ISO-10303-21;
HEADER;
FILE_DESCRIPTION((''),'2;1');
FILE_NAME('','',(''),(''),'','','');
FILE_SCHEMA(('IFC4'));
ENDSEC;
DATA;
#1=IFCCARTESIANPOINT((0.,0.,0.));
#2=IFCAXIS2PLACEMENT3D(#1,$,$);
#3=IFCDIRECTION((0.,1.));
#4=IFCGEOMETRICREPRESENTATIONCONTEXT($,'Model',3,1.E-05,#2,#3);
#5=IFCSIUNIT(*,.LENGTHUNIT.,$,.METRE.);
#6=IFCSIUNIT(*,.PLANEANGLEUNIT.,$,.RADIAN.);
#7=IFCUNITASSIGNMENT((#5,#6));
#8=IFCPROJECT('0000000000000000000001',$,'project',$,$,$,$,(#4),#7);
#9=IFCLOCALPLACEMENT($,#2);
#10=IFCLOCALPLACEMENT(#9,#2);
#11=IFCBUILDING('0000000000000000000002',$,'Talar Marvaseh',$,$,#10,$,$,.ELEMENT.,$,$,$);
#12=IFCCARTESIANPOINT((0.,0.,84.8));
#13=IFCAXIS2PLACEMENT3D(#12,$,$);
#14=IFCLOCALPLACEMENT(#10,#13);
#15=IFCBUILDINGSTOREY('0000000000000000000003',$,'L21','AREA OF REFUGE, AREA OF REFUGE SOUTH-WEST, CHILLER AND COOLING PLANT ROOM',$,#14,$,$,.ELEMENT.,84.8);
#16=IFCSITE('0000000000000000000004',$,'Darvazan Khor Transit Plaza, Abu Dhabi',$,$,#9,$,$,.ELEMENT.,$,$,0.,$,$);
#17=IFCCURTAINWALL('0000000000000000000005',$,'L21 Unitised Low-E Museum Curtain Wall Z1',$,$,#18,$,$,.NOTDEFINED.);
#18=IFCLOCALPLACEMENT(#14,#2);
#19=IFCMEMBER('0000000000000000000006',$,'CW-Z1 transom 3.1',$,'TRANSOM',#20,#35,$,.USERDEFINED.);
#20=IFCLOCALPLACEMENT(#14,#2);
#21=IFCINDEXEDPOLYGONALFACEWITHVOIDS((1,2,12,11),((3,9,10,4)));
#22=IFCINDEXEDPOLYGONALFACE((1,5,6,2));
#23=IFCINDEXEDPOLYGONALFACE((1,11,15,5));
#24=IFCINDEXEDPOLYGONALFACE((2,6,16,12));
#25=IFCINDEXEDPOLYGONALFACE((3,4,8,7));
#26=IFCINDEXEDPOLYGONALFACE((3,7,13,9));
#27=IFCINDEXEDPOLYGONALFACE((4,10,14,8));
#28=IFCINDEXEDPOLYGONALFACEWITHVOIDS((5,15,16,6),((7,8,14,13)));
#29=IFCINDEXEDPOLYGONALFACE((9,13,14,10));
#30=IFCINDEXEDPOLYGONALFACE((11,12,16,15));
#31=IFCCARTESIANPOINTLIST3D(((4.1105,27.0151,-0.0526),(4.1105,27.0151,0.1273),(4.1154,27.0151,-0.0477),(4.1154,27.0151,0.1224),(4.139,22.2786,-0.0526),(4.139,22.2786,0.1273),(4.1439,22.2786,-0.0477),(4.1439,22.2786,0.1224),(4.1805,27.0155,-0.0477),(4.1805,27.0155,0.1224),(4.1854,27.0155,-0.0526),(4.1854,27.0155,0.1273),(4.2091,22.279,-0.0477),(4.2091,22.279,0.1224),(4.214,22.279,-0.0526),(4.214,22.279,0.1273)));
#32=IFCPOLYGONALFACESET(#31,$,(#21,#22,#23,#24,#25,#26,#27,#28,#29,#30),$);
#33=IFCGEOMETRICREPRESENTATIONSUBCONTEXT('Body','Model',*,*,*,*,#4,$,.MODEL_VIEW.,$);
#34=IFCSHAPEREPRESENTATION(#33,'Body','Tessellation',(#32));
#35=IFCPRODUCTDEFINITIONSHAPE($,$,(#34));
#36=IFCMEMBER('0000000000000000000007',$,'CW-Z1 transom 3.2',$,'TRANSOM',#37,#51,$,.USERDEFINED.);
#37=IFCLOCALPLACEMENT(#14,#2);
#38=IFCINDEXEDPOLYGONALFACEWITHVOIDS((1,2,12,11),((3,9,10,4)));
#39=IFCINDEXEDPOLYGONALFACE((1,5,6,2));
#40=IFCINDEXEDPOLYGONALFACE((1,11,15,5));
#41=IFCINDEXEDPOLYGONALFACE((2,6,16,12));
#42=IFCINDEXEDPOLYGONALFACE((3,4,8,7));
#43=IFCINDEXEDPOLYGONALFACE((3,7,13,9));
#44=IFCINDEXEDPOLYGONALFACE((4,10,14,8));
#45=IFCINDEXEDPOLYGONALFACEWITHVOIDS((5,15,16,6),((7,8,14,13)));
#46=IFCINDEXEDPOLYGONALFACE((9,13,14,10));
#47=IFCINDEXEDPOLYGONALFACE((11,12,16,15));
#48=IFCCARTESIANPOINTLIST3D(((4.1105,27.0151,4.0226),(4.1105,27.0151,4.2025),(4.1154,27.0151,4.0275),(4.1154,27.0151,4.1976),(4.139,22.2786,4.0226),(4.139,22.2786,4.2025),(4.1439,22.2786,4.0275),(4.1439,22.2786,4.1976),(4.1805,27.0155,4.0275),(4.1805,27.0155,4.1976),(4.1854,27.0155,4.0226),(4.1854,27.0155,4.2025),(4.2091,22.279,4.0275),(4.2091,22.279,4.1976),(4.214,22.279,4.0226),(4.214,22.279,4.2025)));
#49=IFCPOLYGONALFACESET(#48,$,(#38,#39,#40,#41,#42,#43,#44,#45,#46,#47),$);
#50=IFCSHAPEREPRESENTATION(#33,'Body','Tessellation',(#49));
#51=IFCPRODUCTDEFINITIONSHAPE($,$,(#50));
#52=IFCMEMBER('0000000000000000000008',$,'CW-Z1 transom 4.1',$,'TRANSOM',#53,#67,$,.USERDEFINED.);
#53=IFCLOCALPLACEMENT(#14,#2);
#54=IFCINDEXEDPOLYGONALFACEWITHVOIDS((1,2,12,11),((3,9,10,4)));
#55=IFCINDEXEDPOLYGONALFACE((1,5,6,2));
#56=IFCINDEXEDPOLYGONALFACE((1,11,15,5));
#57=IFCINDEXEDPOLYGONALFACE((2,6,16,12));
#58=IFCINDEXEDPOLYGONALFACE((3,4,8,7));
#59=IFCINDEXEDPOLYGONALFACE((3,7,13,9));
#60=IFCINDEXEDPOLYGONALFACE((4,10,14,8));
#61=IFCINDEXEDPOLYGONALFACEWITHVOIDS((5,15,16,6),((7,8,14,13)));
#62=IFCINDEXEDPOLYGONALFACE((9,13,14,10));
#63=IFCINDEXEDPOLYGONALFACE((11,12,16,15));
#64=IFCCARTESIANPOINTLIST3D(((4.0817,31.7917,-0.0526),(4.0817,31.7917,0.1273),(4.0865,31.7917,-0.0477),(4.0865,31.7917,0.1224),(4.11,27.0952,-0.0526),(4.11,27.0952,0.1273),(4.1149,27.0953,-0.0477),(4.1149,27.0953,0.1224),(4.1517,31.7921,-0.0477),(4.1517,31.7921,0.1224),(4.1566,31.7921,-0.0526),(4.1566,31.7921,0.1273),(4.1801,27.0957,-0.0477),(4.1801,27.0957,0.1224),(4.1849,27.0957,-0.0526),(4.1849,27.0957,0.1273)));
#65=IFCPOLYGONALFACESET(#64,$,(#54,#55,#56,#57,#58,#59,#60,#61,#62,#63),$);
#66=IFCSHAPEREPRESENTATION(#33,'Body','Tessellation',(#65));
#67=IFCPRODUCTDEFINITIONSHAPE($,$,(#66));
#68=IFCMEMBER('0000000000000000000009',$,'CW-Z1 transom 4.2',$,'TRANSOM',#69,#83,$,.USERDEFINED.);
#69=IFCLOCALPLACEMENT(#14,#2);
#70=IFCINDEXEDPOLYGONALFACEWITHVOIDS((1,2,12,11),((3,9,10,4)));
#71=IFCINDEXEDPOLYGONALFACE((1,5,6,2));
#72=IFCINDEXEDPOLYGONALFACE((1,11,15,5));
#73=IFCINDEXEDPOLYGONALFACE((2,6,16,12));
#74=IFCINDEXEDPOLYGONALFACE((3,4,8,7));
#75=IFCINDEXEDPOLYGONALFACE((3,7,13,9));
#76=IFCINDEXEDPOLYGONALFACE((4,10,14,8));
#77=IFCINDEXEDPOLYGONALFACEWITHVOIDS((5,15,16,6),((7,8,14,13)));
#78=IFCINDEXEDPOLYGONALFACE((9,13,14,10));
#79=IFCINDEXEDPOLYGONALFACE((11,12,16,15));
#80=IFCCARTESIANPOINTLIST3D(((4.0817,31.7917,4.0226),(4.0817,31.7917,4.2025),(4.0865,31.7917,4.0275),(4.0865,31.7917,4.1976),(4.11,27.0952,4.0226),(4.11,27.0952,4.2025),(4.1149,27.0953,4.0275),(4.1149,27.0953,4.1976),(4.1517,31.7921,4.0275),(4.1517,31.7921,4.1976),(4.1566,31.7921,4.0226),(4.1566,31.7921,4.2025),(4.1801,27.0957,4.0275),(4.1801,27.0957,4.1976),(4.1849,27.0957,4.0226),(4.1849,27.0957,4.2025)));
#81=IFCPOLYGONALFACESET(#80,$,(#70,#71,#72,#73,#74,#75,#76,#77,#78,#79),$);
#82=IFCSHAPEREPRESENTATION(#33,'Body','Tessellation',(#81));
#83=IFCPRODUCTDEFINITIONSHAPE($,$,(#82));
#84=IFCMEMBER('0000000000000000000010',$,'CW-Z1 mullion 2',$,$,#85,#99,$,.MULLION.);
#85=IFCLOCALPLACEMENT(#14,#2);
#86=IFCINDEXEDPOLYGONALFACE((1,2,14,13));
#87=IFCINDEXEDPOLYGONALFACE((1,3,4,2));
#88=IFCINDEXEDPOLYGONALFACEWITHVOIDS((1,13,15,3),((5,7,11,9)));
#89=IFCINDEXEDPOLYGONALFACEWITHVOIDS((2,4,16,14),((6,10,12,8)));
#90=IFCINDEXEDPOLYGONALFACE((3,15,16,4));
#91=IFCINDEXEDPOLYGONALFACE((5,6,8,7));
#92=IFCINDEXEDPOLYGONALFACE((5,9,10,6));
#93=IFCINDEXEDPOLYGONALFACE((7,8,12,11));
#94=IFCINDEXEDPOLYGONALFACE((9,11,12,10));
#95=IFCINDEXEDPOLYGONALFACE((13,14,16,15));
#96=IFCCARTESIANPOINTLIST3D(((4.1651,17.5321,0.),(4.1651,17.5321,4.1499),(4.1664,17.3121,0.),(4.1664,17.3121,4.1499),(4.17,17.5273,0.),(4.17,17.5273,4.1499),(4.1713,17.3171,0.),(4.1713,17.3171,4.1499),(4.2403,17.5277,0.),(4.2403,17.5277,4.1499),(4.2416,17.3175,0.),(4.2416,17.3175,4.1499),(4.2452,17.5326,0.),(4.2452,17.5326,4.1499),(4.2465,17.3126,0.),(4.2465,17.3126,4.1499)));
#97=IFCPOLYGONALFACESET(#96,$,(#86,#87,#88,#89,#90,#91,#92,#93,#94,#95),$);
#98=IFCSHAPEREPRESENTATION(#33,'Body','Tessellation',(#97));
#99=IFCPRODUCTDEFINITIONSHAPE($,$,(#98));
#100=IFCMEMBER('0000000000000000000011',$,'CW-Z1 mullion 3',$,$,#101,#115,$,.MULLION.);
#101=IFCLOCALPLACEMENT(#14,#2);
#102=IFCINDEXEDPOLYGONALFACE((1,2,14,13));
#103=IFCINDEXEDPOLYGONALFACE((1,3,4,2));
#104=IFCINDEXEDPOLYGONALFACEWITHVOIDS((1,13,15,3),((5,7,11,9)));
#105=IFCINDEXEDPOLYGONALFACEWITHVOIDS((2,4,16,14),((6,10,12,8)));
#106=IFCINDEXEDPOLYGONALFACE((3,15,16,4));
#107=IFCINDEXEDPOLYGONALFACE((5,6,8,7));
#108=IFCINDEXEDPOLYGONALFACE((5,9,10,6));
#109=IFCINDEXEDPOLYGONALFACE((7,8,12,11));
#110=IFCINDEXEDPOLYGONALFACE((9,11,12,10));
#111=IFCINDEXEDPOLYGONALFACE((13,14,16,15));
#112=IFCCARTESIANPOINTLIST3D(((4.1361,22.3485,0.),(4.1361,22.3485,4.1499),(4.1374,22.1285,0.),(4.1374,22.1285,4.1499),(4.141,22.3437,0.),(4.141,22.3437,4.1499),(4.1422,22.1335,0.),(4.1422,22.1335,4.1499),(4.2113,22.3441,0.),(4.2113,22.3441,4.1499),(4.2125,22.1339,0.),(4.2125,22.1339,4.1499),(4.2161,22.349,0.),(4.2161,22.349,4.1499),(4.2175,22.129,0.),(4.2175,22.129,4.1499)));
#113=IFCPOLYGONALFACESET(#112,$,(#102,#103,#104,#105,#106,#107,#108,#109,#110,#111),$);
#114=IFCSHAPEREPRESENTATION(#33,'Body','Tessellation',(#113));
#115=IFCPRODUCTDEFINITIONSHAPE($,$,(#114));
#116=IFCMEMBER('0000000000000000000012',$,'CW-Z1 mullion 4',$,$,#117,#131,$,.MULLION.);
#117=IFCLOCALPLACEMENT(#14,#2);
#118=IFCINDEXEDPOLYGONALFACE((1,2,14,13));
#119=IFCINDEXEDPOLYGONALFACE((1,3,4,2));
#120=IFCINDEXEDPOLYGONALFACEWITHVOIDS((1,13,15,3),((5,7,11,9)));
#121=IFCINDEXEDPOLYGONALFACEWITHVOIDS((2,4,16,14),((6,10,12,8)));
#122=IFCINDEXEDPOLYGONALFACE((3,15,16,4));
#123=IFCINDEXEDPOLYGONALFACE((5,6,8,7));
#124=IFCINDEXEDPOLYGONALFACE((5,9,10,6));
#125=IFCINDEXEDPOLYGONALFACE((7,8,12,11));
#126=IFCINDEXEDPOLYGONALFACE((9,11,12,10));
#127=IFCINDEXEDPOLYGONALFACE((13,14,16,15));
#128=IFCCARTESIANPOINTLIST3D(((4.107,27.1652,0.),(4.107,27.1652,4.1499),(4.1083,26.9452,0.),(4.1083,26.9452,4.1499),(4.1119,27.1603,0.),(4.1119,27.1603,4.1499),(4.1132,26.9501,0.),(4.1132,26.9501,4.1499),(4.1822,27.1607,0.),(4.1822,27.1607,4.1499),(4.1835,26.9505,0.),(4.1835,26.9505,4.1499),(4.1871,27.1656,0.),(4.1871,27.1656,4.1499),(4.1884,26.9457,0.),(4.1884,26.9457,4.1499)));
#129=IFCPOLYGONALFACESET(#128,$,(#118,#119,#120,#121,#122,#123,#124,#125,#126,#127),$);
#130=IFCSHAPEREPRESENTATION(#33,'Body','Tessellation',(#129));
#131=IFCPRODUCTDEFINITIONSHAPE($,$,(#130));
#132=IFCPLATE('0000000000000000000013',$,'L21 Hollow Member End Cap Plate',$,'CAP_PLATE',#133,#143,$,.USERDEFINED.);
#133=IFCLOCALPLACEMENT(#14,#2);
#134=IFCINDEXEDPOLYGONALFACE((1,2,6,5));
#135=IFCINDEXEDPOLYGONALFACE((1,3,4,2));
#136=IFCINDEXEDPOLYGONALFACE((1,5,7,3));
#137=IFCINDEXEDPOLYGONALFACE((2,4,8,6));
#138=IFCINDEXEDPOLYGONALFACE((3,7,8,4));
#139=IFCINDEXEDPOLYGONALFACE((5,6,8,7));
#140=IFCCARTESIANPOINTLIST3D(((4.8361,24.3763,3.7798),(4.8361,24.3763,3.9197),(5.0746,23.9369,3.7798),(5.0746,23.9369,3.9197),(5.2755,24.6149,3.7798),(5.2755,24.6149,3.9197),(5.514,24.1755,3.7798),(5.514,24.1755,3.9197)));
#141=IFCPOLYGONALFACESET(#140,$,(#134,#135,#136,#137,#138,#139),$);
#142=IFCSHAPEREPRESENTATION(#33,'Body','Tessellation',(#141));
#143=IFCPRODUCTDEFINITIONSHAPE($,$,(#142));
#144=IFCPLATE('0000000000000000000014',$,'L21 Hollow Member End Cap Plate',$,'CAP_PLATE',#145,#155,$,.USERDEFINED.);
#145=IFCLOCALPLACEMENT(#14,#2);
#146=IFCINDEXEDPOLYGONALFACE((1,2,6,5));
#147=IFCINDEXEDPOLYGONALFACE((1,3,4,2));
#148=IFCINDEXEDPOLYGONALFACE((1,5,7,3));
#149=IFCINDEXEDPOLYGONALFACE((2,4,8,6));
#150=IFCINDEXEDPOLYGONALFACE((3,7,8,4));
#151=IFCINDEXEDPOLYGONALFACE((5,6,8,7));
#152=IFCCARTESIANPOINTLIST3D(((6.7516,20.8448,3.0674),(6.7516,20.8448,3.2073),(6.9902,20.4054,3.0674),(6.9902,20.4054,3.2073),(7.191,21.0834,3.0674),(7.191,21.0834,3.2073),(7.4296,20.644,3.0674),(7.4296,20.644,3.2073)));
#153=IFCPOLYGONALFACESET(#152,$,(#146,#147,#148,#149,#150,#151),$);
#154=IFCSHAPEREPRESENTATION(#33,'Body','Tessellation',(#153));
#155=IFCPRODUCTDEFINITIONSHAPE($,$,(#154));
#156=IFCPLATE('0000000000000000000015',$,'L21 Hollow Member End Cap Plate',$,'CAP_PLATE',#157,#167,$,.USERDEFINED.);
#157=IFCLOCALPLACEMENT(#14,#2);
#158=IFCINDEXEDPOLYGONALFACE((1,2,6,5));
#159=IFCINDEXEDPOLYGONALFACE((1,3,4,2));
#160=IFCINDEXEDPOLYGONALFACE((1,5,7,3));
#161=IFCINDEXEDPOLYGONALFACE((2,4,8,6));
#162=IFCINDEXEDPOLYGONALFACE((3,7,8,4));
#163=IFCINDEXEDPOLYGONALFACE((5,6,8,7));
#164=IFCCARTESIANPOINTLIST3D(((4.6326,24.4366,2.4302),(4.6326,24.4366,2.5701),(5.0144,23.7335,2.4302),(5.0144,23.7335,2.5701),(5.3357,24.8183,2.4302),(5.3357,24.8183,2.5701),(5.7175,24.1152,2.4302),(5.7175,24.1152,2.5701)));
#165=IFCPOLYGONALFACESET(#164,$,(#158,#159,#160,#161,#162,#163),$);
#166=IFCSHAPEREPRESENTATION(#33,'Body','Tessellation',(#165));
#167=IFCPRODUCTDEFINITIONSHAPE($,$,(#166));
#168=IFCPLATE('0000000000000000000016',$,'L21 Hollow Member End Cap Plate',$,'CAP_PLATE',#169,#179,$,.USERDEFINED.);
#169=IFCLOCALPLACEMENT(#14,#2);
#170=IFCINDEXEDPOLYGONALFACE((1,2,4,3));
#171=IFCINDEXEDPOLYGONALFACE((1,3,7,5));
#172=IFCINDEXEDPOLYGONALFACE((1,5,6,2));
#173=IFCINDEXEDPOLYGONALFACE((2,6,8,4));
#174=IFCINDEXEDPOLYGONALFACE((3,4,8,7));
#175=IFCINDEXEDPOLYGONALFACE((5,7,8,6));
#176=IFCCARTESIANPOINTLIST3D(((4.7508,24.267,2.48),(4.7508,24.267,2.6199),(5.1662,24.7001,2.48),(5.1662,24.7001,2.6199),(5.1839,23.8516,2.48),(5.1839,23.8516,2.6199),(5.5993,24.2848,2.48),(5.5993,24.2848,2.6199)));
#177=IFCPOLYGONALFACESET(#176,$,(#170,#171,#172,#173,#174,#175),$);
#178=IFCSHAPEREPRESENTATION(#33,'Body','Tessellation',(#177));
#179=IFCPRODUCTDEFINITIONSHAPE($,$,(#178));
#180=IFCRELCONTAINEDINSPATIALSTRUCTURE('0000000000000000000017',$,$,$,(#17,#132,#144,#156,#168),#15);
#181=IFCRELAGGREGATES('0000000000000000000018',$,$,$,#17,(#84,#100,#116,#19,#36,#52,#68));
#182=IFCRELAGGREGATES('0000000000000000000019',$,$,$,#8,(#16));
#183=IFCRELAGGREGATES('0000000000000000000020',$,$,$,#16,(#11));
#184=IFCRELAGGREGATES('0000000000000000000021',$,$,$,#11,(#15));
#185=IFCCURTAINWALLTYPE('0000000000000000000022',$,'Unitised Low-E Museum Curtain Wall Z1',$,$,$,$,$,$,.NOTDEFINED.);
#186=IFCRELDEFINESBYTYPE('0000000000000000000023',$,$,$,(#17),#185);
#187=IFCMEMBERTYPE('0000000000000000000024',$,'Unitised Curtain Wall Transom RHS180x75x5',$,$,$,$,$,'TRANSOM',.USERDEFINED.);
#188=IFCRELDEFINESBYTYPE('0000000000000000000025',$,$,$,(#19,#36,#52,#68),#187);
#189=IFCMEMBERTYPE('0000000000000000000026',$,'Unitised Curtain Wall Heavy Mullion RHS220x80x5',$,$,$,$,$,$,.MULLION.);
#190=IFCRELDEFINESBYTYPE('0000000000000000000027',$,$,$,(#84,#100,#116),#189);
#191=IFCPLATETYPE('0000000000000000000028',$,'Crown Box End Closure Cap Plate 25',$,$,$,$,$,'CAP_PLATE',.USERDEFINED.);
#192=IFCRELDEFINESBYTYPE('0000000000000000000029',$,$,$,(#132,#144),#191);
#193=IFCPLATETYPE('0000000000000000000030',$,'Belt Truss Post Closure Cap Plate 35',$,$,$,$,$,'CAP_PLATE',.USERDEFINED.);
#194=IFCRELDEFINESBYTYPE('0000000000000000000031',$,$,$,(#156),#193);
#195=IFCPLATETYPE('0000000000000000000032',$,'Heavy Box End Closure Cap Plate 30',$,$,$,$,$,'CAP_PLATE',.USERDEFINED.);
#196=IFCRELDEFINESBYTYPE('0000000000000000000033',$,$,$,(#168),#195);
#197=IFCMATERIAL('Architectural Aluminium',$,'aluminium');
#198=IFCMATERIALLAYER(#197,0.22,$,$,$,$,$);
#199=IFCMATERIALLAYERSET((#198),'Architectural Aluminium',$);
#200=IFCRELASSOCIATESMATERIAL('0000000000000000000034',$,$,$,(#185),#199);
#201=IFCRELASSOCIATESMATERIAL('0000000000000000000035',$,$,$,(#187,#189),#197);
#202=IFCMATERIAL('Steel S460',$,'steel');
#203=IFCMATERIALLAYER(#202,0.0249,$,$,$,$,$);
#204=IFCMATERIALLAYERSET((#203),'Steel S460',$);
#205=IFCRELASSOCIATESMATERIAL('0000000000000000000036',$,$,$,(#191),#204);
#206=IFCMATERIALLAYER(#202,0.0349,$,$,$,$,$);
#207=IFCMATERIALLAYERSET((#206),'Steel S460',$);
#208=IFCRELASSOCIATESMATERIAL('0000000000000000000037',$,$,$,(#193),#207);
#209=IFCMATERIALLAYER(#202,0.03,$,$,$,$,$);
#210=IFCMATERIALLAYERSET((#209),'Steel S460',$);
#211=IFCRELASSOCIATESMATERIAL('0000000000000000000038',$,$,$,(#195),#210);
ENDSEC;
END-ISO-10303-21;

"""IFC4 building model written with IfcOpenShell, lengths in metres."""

from ifc_helpers import new_model, si_unit, direction, frame, origin, origin_2d, place, context, subcontext, project, spatial, rectangle, hollow_rectangle, extrude, source, transform, mapped, material, layer, layer_set, material_profile, profile_set, type_object, type_shapes, element, aggregate, save


model = new_model("IFC4")

# Units and contexts
model_context = context("Model", 3, precision=1e-05, world=origin(), true_north=direction((0.0, 1.0)))
body_context = subcontext(model_context, "Body", "Model", "MODEL_VIEW")
ifc_project = project(units=[si_unit("LENGTHUNIT", "METRE"), si_unit("PLANEANGLEUNIT", "RADIAN")], contexts=[model_context])

# Site, building, storey
site_placement = place(None, origin())
site = spatial("IfcSite", under=ifc_project, at=site_placement, Name="Darvazan Khor Transit Plaza, Abu Dhabi", CompositionType="ELEMENT", RefElevation=0.0)
building_placement = place(site_placement, origin())
building = spatial("IfcBuilding", under=site, at=building_placement, Name="Talar Marvaseh", CompositionType="ELEMENT")
storey_placement = place(building_placement, frame((0.0, 0.0, 84.8)))
storey = spatial("IfcBuildingStorey", under=building, at=storey_placement, Name="L21", Description="AREA OF REFUGE, AREA OF REFUGE SOUTH-WEST, CHILLER AND COOLING PLANT ROOM", CompositionType="ELEMENT", Elevation=84.8)

# Shared definitions
ifc_material_1 = material(Name="Steel S460", Category="steel")

# Curtain wall, members
ifc_material_2 = material(Name="Architectural Aluminium", Category="aluminium")
ifc_layer_1 = layer(ifc_material_2, 0.22)
ifc_layer_set_1 = layer_set([ifc_layer_1], Name="Architectural Aluminium")
curtain_wall_type = type_object("IfcCurtainWallType", Name="Unitised Low-E Museum Curtain Wall Z1", PredefinedType="NOTDEFINED", material=ifc_layer_set_1)
curtain_wall_placement = place(storey_placement, origin())
curtain_wall = element("IfcCurtainWall", 1, at=curtain_wall_placement, inside=storey, type_object=curtain_wall_type, Name="L21 Unitised Low-E Museum Curtain Wall Z1", PredefinedType="NOTDEFINED")
ifc_material_profile_1 = material_profile(ifc_material_2, hollow_rectangle(XDim=0.075, YDim=0.1799, WallThickness=0.0049, at=origin_2d()), Name="RHS180x75x5")
ifc_profile_set_1 = profile_set([ifc_material_profile_1], Name="Architectural Aluminium")
member_type_1 = type_object("IfcMemberType", Name="Unitised Curtain Wall Transom RHS180x75x5", ElementType="TRANSOM", PredefinedType="USERDEFINED", material=ifc_profile_set_1)
shared_shape_1 = source(origin(), body_context, "Body", "SweptSolid", [
    extrude(hollow_rectangle(XDim=0.075, YDim=0.1799, WallThickness=0.0049, at=origin_2d()), origin(), (0.0, 0.0, 1.0), 4.7366),
])
member_1_placement = place(storey_placement, frame((4.1765, 22.2788, 0.0374), z_axis=(-0.006031, 0.999982, 0.0), x_axis=(-0.999982, -0.006031, 0.0)))
member_1 = element("IfcMember", 2, at=member_1_placement, type_object=member_type_1, Name="CW-Z1 transom 3.1", ObjectType="TRANSOM", PredefinedType="USERDEFINED", context=body_context, shape_type="MappedRepresentation", body=[
    mapped(shared_shape_1, transform((0.0, 0.0, 0.0), x_axis=(1.0, 0.0, 0.0), y_axis=(0.0, 1.0, 0.0), z_axis=(0.0, 0.0, 1.0), scale=1.0)),
])
member_2_placement = place(storey_placement, frame((4.1765, 22.2788, 4.1125), z_axis=(-0.006031, 0.999982, 0.0), x_axis=(-0.999982, -0.006031, 0.0)))
member_2 = element("IfcMember", 3, at=member_2_placement, type_object=member_type_1, Name="CW-Z1 transom 3.2", ObjectType="TRANSOM", PredefinedType="USERDEFINED", context=body_context, shape_type="MappedRepresentation", body=[
    mapped(shared_shape_1, transform((0.0, 0.0, 0.0), x_axis=(1.0, 0.0, 0.0), y_axis=(0.0, 1.0, 0.0), z_axis=(0.0, 0.0, 1.0), scale=1.0)),
])
shared_shape_2 = source(origin(), body_context, "Body", "SweptSolid", [
    extrude(hollow_rectangle(XDim=0.075, YDim=0.1799, WallThickness=0.0049, at=origin_2d()), origin(), (0.0, 0.0, 1.0), 4.6965),
])
member_3_placement = place(storey_placement, frame((4.1475, 27.0955, 0.0374), z_axis=(-0.00603, 0.999982, 0.0), x_axis=(-0.999982, -0.00603, 0.0)))
member_3 = element("IfcMember", 4, at=member_3_placement, type_object=member_type_1, Name="CW-Z1 transom 4.1", ObjectType="TRANSOM", PredefinedType="USERDEFINED", context=body_context, shape_type="MappedRepresentation", body=[
    mapped(shared_shape_2, transform((0.0, 0.0, 0.0), x_axis=(1.0, 0.0, 0.0), y_axis=(0.0, 1.0, 0.0), z_axis=(0.0, 0.0, 1.0), scale=1.0)),
])
member_4_placement = place(storey_placement, frame((4.1475, 27.0955, 4.1125), z_axis=(-0.00603, 0.999982, 0.0), x_axis=(-0.999982, -0.00603, 0.0)))
member_4 = element("IfcMember", 5, at=member_4_placement, type_object=member_type_1, Name="CW-Z1 transom 4.2", ObjectType="TRANSOM", PredefinedType="USERDEFINED", context=body_context, shape_type="MappedRepresentation", body=[
    mapped(shared_shape_2, transform((0.0, 0.0, 0.0), x_axis=(1.0, 0.0, 0.0), y_axis=(0.0, 1.0, 0.0), z_axis=(0.0, 0.0, 1.0), scale=1.0)),
])
ifc_material_profile_2 = material_profile(ifc_material_2, hollow_rectangle(XDim=0.0801, YDim=0.22, WallThickness=0.0049, at=origin_2d()), Name="RHS220x80x5")
ifc_profile_set_2 = profile_set([ifc_material_profile_2], Name="Architectural Aluminium")
member_type_2 = type_object("IfcMemberType", Name="Unitised Curtain Wall Heavy Mullion RHS220x80x5", PredefinedType="MULLION", material=ifc_profile_set_2)
shared_shape_3 = source(origin(), body_context, "Body", "SweptSolid", [
    extrude(hollow_rectangle(XDim=0.0801, YDim=0.22, WallThickness=0.0049, at=origin_2d()), origin(), (0.0, 0.0, 1.0), 4.1499),
])
type_shapes(member_type_2, [shared_shape_3])
member_5_placement = place(storey_placement, frame((4.2058, 17.4224, 0.0), z_axis=(0.0, 0.0, 1.0), x_axis=(-0.999982, -0.006042, 0.0)))
member_5 = element("IfcMember", 6, at=member_5_placement, type_object=member_type_2, Name="CW-Z1 mullion 2", PredefinedType="MULLION", context=body_context, shape_type="MappedRepresentation", body=[
    mapped(shared_shape_3, transform((0.0, 0.0, 0.0), x_axis=(1.0, 0.0, 0.0), y_axis=(0.0, 1.0, 0.0), z_axis=(0.0, 0.0, 1.0), scale=1.0)),
])
member_6_placement = place(storey_placement, frame((4.1768, 22.2388, 0.0), z_axis=(0.0, 0.0, 1.0), x_axis=(-0.999982, -0.006042, 0.0)))
member_6 = element("IfcMember", 7, at=member_6_placement, type_object=member_type_2, Name="CW-Z1 mullion 3", PredefinedType="MULLION", context=body_context, shape_type="MappedRepresentation", body=[
    mapped(shared_shape_3, transform((0.0, 0.0, 0.0), x_axis=(1.0, 0.0, 0.0), y_axis=(0.0, 1.0, 0.0), z_axis=(0.0, 0.0, 1.0), scale=1.0)),
])
member_7_placement = place(storey_placement, frame((4.1477, 27.0554, 0.0), z_axis=(0.0, 0.0, 1.0), x_axis=(-0.999982, -0.006042, 0.0)))
member_7 = element("IfcMember", 8, at=member_7_placement, type_object=member_type_2, Name="CW-Z1 mullion 4", PredefinedType="MULLION", context=body_context, shape_type="MappedRepresentation", body=[
    mapped(shared_shape_3, transform((0.0, 0.0, 0.0), x_axis=(1.0, 0.0, 0.0), y_axis=(0.0, 1.0, 0.0), z_axis=(0.0, 0.0, 1.0), scale=1.0)),
])

# Plates
ifc_layer_2 = layer(ifc_material_1, 0.0249)
ifc_layer_set_2 = layer_set([ifc_layer_2], Name="Steel S460")
plate_type_1 = type_object("IfcPlateType", Name="Crown Box End Closure Cap Plate 25", ElementType="CAP_PLATE", PredefinedType="USERDEFINED", material=ifc_layer_set_2)
shared_shape_4 = source(origin(), body_context, "Body", "SweptSolid", [
    extrude(rectangle(XDim=0.5, YDim=0.5, at=origin_2d()), origin(), (0.0, 0.0, 1.0), 0.1399),
])
type_shapes(plate_type_1, [shared_shape_4])
for number, where, z_axis, x_axis, name in (
    (9, (5.175, 24.2759, 3.7798), (0.0, 0.0, 1.0), (-0.477159, 0.878817, 0.0), "L21 Hollow Member End Cap Plate"),
    (10, (7.0906, 20.7444, 3.0674), (0.0, 0.0, 1.0), (0.477159, -0.878817, 0.0), "L21 Hollow Member End Cap Plate"),
):
    element("IfcPlate", number, at=place(storey_placement, frame(where, z_axis=z_axis, x_axis=x_axis)), inside=storey, type_object=plate_type_1, Name=name, ObjectType="CAP_PLATE", PredefinedType="USERDEFINED", context=body_context, shape_type="MappedRepresentation", body=[
        mapped(shared_shape_4, transform((0.0, 0.0, 0.0), x_axis=(1.0, 0.0, 0.0), y_axis=(0.0, 1.0, 0.0), z_axis=(0.0, 0.0, 1.0), scale=1.0)),
    ])
ifc_layer_3 = layer(ifc_material_1, 0.0349)
ifc_layer_set_3 = layer_set([ifc_layer_3], Name="Steel S460")
plate_type_2 = type_object("IfcPlateType", Name="Belt Truss Post Closure Cap Plate 35", ElementType="CAP_PLATE", PredefinedType="USERDEFINED", material=ifc_layer_set_3)
shared_shape_5 = source(origin(), body_context, "Body", "SweptSolid", [
    extrude(rectangle(XDim=0.8, YDim=0.8, at=origin_2d()), origin(), (0.0, 0.0, 1.0), 0.1399),
])
plate_1_placement = place(storey_placement, frame((5.175, 24.2759, 2.4302), z_axis=(0.0, 0.0, 1.0), x_axis=(-0.477159, 0.878817, 0.0)))
element("IfcPlate", 11, at=plate_1_placement, inside=storey, type_object=plate_type_2, Name="L21 Hollow Member End Cap Plate", ObjectType="CAP_PLATE", PredefinedType="USERDEFINED", context=body_context, shape_type="MappedRepresentation", body=[
    mapped(shared_shape_5, transform((0.0, 0.0, 0.0), x_axis=(1.0, 0.0, 0.0), y_axis=(0.0, 1.0, 0.0), z_axis=(0.0, 0.0, 1.0), scale=1.0)),
])
ifc_layer_4 = layer(ifc_material_1, 0.03)
ifc_layer_set_4 = layer_set([ifc_layer_4], Name="Steel S460")
plate_type_3 = type_object("IfcPlateType", Name="Heavy Box End Closure Cap Plate 30", ElementType="CAP_PLATE", PredefinedType="USERDEFINED", material=ifc_layer_set_4)
shared_shape_6 = source(origin(), body_context, "Body", "SweptSolid", [
    extrude(rectangle(XDim=0.6001, YDim=0.6001, at=origin_2d()), origin(), (0.0, 0.0, 1.0), 0.1399),
])
type_shapes(plate_type_3, [shared_shape_6])
plate_2_placement = place(storey_placement, frame((5.175, 24.2759, 2.48), z_axis=(0.0, 0.0, 1.0), x_axis=(0.692143, 0.72176, 0.0)))
element("IfcPlate", 12, at=plate_2_placement, inside=storey, type_object=plate_type_3, Name="L21 Hollow Member End Cap Plate", ObjectType="CAP_PLATE", PredefinedType="USERDEFINED", context=body_context, shape_type="MappedRepresentation", body=[
    mapped(shared_shape_6, transform((0.0, 0.0, 0.0), x_axis=(1.0, 0.0, 0.0), y_axis=(0.0, 1.0, 0.0), z_axis=(0.0, 0.0, 1.0), scale=1.0)),
])

aggregate(curtain_wall, [member_5, member_6, member_7, member_1, member_2, member_3, member_4])

save(model, "model.ifc")
